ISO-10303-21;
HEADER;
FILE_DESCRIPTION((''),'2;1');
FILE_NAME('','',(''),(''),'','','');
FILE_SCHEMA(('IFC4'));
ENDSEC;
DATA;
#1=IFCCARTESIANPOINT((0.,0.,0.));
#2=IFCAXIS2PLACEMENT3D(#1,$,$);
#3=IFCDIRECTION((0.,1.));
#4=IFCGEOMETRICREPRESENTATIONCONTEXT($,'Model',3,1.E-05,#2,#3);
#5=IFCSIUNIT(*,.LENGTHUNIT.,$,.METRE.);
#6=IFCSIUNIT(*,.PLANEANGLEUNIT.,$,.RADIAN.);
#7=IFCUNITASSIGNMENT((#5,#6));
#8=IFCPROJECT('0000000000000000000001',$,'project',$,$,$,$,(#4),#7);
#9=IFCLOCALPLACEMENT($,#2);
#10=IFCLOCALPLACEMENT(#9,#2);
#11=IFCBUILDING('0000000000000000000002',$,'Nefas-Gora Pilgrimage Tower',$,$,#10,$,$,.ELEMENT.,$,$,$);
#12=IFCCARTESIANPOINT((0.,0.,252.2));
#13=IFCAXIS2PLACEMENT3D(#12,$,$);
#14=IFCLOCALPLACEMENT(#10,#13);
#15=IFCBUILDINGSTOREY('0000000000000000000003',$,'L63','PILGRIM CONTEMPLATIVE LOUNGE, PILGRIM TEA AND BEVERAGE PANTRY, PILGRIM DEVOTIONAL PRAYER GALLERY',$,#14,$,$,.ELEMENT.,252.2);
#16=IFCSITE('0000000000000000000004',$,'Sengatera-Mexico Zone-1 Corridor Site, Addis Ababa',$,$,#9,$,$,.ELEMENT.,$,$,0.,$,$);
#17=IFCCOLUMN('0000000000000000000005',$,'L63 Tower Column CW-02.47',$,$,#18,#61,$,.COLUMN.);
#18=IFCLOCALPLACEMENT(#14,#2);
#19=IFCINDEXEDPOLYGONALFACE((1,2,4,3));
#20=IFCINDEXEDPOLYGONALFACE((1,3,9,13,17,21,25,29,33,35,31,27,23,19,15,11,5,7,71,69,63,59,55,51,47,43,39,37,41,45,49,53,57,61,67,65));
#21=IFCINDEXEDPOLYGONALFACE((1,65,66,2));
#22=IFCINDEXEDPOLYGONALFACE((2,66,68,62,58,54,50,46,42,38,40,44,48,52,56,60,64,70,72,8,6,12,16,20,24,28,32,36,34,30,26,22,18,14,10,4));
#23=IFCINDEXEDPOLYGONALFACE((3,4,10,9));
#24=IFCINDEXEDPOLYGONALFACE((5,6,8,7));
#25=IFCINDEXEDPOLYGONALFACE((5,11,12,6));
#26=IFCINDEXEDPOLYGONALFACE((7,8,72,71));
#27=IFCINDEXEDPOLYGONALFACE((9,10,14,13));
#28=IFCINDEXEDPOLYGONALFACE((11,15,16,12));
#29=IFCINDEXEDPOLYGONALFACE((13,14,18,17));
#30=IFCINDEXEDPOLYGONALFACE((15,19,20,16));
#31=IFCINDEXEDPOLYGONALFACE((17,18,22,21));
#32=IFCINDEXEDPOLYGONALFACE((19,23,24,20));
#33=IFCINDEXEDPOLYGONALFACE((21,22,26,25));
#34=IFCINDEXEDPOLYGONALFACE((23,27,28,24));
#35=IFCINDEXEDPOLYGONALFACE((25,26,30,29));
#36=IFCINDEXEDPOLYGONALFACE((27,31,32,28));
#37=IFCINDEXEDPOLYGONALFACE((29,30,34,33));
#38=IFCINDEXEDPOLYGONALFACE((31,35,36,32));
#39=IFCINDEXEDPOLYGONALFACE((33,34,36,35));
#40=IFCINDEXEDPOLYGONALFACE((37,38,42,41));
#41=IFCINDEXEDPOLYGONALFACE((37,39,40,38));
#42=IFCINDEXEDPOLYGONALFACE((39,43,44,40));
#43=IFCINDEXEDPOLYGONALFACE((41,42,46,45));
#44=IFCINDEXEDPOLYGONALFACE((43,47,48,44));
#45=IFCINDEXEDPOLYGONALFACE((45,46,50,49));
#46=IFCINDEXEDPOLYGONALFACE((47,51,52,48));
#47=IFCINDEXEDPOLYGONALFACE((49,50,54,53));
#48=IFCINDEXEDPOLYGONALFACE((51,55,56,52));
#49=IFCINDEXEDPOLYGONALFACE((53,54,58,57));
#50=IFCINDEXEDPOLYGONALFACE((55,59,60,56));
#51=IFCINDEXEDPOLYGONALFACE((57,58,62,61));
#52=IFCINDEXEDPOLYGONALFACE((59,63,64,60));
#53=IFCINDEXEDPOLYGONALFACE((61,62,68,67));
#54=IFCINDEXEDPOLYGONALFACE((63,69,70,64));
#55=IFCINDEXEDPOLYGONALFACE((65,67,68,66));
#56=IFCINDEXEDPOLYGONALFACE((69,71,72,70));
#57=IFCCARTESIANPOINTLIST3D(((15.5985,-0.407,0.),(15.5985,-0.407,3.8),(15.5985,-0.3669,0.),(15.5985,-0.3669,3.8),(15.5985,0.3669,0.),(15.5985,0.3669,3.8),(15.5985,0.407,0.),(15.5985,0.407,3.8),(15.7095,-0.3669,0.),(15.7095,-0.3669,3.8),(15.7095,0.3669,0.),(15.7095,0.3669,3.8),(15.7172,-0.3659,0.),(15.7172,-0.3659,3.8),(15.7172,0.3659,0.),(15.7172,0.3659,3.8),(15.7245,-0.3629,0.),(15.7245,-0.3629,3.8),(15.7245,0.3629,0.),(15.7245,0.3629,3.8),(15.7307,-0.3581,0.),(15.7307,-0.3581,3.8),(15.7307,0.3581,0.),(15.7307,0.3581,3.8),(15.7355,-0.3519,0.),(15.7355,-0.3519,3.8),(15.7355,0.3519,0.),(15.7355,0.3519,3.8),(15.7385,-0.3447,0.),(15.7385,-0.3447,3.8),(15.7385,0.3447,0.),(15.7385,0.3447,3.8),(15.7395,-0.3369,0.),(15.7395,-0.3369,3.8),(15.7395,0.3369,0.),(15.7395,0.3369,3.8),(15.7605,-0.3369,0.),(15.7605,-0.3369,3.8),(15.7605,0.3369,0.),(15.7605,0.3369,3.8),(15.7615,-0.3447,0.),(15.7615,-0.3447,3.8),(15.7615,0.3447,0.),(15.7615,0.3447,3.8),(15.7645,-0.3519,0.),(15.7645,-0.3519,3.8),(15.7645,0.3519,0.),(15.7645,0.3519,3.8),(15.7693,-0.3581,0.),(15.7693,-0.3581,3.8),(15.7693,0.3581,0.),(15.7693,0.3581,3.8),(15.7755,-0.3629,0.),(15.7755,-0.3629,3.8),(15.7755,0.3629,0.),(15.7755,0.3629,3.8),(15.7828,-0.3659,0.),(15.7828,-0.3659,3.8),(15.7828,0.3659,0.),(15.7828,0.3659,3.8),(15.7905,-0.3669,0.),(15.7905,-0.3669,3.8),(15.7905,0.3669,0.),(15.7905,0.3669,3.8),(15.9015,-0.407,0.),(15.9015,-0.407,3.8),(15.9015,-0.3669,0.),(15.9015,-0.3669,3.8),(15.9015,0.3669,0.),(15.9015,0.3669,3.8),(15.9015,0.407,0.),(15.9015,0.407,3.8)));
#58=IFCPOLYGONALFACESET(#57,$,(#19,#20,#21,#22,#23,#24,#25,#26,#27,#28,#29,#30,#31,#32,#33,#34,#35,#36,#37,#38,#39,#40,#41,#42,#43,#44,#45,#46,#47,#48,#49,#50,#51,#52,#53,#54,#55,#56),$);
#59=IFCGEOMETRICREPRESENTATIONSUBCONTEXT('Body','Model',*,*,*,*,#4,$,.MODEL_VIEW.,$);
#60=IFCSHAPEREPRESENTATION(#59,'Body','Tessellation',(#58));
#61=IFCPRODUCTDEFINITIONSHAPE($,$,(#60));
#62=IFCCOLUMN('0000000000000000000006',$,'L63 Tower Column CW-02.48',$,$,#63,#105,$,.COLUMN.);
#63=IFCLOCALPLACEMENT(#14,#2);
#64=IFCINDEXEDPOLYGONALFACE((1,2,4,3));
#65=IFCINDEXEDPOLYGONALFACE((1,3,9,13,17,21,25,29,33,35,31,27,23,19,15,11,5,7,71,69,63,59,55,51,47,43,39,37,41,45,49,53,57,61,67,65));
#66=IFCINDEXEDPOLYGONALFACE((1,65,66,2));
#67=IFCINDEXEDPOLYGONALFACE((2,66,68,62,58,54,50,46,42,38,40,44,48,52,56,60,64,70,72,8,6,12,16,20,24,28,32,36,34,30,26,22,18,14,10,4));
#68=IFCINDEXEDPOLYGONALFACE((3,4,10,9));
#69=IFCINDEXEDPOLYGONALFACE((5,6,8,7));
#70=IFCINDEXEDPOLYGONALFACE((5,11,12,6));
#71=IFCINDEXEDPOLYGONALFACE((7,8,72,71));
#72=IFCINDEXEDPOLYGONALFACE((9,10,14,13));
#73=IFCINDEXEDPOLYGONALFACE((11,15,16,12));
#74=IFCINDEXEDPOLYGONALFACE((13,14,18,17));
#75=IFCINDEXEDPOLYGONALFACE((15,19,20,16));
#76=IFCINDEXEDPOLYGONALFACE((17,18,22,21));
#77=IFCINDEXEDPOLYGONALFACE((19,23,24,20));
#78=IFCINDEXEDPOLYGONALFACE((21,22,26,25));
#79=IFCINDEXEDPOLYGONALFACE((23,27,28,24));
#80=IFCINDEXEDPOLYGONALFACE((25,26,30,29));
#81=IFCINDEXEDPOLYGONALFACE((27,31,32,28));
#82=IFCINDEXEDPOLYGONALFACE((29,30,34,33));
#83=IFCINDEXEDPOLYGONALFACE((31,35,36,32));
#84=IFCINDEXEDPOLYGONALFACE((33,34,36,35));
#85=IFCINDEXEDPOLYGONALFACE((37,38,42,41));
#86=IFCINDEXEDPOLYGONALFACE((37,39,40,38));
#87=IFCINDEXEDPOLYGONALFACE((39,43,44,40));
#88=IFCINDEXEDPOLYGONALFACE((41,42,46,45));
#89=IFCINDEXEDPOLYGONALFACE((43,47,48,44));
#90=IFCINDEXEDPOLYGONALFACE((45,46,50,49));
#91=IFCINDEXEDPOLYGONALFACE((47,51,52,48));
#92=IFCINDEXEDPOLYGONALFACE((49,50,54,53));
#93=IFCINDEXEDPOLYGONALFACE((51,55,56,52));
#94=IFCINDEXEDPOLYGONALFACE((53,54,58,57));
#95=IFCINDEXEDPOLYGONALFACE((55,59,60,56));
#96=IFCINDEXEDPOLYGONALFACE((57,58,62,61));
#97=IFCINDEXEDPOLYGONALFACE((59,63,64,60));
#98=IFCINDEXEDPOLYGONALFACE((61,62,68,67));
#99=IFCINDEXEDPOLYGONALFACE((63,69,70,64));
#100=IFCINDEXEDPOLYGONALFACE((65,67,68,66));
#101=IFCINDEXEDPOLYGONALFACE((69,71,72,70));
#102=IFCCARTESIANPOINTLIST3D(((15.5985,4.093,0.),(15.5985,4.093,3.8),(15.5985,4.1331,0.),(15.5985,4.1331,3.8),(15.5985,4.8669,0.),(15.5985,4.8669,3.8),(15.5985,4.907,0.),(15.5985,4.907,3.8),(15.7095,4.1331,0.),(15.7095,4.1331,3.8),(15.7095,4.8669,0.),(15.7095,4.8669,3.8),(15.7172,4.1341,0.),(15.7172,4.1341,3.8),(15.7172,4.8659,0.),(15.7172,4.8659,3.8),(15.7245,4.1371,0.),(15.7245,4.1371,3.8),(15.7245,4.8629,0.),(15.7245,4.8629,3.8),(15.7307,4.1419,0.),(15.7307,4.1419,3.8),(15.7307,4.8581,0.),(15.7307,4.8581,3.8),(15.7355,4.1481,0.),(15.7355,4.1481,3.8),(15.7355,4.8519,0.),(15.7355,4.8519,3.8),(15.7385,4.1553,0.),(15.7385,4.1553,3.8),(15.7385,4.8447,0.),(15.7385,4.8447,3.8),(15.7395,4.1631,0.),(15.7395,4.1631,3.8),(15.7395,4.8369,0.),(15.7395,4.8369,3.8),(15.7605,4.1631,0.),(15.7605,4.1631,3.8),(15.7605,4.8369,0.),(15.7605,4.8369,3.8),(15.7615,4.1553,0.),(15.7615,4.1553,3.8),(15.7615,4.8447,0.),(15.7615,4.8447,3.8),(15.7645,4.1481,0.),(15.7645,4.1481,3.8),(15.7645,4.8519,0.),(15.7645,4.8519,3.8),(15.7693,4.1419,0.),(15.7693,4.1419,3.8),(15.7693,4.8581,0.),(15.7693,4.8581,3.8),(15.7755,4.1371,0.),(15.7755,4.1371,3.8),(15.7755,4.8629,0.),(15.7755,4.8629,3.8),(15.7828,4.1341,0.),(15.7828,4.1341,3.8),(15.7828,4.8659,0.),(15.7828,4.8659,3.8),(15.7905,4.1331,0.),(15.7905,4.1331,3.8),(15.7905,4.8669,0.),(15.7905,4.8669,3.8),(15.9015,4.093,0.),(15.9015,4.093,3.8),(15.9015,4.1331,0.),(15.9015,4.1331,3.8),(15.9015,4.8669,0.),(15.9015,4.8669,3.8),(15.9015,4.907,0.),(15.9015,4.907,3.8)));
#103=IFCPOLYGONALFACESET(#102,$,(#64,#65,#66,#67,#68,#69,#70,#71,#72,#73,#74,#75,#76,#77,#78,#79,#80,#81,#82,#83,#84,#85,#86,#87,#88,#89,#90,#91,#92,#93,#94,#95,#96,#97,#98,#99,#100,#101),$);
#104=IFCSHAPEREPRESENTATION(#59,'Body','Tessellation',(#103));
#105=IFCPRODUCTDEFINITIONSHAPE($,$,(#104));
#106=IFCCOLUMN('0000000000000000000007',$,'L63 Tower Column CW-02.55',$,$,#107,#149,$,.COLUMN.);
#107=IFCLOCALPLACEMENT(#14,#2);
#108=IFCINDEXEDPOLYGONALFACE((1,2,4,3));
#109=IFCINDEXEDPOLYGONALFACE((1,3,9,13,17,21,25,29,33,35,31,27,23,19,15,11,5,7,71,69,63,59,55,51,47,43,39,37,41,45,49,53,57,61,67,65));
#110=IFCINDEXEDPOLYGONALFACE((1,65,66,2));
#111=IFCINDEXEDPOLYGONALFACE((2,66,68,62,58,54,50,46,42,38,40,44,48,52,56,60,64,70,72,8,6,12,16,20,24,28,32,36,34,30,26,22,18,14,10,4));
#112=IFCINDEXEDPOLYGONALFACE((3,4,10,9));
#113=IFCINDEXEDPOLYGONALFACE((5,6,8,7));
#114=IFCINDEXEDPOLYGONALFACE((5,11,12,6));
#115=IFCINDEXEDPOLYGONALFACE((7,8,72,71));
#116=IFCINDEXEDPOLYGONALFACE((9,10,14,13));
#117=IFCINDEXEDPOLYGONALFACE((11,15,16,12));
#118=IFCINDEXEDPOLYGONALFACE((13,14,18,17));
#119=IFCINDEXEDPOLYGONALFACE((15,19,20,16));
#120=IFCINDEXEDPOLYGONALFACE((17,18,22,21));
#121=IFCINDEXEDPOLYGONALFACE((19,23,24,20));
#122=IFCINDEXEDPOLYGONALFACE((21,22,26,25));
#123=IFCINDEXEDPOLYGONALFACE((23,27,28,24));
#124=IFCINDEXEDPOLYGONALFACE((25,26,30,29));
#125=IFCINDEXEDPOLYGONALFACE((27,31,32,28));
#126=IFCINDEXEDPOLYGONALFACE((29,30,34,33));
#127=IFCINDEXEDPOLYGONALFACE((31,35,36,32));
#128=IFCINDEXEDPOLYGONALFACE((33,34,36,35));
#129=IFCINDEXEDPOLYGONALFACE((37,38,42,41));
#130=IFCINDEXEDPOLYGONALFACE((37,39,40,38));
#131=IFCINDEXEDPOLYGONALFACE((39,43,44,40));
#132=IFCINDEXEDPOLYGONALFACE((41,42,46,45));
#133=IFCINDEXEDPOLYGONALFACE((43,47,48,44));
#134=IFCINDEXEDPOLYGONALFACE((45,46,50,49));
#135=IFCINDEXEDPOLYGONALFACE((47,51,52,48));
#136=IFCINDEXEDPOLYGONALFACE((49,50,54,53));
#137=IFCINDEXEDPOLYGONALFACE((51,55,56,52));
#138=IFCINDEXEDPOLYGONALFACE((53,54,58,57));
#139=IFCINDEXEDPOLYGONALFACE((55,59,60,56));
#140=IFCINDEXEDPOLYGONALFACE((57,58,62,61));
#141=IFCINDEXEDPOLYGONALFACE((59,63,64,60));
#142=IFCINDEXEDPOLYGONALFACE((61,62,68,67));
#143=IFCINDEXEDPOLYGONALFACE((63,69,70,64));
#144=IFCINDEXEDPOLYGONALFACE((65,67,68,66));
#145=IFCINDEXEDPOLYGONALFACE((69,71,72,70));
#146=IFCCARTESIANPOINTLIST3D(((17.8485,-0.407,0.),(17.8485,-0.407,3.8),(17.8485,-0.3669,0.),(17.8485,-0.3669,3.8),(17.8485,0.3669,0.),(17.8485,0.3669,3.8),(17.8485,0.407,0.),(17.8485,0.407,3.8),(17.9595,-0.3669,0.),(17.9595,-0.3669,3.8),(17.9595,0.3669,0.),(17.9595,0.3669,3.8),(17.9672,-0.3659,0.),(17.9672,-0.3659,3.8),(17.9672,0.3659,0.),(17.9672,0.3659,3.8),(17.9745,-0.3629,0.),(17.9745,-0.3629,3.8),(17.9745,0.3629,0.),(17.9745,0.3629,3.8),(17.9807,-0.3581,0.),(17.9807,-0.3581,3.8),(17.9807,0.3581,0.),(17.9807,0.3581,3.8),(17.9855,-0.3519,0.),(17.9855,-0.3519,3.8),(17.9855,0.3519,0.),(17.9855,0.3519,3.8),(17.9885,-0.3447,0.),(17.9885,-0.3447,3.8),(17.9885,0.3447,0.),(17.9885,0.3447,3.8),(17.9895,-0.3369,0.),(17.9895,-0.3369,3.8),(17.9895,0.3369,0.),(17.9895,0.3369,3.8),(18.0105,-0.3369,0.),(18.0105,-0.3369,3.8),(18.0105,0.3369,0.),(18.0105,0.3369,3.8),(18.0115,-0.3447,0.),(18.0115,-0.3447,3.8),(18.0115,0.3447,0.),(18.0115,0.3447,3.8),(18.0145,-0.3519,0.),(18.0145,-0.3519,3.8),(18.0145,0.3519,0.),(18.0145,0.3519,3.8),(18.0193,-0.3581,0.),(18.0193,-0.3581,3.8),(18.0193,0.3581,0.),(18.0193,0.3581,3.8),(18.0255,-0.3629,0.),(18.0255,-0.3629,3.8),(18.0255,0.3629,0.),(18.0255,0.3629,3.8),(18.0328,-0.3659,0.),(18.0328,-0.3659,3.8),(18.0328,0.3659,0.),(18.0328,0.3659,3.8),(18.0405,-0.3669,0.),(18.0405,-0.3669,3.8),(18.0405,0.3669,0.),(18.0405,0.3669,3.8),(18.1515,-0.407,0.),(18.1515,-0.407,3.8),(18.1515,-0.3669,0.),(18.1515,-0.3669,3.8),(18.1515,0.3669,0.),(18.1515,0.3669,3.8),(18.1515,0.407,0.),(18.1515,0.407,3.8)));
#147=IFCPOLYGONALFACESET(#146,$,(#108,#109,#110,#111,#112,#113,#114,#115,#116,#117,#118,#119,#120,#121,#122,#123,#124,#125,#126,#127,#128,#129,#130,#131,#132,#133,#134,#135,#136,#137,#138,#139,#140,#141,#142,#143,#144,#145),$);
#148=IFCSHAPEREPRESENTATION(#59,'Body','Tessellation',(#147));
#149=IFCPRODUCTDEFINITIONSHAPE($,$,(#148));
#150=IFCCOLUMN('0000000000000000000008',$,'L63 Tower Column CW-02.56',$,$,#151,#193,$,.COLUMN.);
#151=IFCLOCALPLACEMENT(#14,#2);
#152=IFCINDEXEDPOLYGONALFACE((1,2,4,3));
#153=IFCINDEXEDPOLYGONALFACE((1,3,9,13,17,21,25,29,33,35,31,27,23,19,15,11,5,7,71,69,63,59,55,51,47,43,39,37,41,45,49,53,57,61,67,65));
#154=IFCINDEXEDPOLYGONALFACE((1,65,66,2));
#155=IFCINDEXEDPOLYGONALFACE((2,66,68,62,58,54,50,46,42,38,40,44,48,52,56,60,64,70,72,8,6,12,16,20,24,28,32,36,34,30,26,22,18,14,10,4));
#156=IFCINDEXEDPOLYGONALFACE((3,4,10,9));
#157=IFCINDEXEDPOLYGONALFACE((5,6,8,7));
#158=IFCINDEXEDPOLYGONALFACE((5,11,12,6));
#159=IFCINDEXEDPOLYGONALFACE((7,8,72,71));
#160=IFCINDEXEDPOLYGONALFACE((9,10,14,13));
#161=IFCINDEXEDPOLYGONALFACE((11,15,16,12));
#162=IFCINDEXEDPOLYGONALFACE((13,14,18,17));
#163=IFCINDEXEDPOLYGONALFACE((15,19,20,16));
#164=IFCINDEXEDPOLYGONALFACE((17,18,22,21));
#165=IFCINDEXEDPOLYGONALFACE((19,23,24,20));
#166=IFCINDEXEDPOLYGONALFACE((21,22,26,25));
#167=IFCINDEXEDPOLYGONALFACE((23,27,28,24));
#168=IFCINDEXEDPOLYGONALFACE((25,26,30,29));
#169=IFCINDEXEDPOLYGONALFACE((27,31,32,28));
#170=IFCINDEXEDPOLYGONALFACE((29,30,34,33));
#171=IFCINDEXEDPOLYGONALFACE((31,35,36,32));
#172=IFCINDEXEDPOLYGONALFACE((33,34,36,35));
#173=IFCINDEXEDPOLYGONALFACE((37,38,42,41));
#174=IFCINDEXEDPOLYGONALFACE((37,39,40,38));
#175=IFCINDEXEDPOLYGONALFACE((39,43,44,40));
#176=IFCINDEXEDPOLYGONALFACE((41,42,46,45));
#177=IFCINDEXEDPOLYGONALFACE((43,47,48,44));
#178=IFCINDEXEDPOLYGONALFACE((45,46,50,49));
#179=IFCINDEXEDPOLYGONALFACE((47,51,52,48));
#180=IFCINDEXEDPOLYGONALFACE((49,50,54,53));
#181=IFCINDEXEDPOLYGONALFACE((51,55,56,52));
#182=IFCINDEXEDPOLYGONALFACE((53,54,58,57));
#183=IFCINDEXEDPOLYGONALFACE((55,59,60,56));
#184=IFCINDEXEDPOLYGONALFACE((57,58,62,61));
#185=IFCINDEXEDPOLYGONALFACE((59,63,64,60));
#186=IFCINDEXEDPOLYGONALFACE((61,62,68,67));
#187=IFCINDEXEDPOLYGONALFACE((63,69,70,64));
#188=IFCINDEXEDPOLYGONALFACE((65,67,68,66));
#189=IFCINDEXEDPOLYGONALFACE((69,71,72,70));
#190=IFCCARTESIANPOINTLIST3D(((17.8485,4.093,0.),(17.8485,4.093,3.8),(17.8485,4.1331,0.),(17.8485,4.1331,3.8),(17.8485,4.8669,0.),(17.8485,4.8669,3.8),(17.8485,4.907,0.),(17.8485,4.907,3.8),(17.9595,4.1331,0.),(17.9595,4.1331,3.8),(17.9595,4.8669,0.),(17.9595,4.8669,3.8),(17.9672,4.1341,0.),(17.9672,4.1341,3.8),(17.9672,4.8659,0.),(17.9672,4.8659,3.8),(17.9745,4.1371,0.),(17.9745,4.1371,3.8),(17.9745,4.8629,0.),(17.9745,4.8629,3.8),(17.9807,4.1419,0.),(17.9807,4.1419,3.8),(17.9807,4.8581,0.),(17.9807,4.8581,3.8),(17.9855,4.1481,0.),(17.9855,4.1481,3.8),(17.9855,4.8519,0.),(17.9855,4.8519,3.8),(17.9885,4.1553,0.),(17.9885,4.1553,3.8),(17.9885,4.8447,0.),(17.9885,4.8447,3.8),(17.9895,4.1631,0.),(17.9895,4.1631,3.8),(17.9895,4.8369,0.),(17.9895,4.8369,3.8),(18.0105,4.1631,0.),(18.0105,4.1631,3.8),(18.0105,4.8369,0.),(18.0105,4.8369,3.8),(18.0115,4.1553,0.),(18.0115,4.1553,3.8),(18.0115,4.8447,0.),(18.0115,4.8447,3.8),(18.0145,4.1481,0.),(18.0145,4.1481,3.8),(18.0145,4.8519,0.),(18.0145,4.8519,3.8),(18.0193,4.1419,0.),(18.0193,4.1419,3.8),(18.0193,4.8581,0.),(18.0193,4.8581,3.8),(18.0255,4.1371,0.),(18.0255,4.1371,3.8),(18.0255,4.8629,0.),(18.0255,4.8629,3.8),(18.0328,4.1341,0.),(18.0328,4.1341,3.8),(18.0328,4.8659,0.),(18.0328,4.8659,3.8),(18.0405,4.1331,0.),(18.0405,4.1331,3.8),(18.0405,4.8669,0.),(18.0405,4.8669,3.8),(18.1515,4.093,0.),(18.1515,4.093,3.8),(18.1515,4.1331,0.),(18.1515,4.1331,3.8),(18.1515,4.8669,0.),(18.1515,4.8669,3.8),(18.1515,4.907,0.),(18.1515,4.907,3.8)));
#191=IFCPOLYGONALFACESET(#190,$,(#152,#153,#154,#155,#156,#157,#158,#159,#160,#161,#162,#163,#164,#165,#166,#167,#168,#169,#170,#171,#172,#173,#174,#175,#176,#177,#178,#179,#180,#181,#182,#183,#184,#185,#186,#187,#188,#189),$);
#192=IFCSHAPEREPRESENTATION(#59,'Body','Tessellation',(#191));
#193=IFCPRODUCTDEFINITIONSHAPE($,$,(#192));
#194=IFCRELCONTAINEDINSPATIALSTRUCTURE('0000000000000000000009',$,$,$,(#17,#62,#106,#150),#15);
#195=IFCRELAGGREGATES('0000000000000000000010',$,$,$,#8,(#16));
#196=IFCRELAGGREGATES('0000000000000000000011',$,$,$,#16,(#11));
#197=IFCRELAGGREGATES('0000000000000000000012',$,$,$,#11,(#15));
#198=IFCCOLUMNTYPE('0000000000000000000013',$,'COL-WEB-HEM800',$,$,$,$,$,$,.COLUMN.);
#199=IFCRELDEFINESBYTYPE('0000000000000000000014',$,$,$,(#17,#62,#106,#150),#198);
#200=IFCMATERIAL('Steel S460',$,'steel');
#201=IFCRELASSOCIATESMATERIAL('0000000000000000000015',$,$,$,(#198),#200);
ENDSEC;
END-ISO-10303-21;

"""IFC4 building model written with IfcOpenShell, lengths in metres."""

from ifc_helpers import new_model, si_unit, direction, frame, origin, origin_2d, place, context, subcontext, project, spatial, i_section, extrude, source, transform, mapped, material, material_profile, profile_set, type_object, element, save


model = new_model("IFC4")

# Units and contexts
model_context = context("Model", 3, precision=1e-05, world=origin(), true_north=direction((0.0, 1.0)))
body_context = subcontext(model_context, "Body", "Model", "MODEL_VIEW")
ifc_project = project(units=[si_unit("LENGTHUNIT", "METRE"), si_unit("PLANEANGLEUNIT", "RADIAN")], contexts=[model_context])

# Site, building, storey
site_placement = place(None, origin())
site = spatial("IfcSite", under=ifc_project, at=site_placement, Name="Sengatera-Mexico Zone-1 Corridor Site, Addis Ababa", CompositionType="ELEMENT", RefElevation=0.0)
building_placement = place(site_placement, origin())
building = spatial("IfcBuilding", under=site, at=building_placement, Name="Nefas-Gora Pilgrimage Tower", CompositionType="ELEMENT")
storey_placement = place(building_placement, frame((0.0, 0.0, 252.2)))
storey = spatial("IfcBuildingStorey", under=building, at=storey_placement, Name="L63", Description="PILGRIM CONTEMPLATIVE LOUNGE, PILGRIM TEA AND BEVERAGE PANTRY, PILGRIM DEVOTIONAL PRAYER GALLERY", CompositionType="ELEMENT", Elevation=252.2)

# Columns
ifc_material_1 = material(Name="Steel S460", Category="steel")
ifc_material_profile_1 = material_profile(ifc_material_1, i_section(OverallWidth=0.303, OverallDepth=0.814, WebThickness=0.021, FlangeThickness=0.04, FilletRadius=0.03, at=origin_2d()), Name="HEM 800")
ifc_profile_set_1 = profile_set([ifc_material_profile_1], Name="Steel S460")
column_type_1 = type_object("IfcColumnType", Name="COL-WEB-HEM800", PredefinedType="COLUMN", material=ifc_profile_set_1)
shared_shape_1 = source(origin(), body_context, "Body", "SweptSolid", [
    extrude(i_section(OverallWidth=0.303, OverallDepth=0.814, WebThickness=0.021, FlangeThickness=0.04, FilletRadius=0.03, at=origin_2d()), origin(), (0.0, 0.0, 1.0), 3.8),
])
for number, where, z_axis, x_axis, name in (
    (1, (15.75, 0.0, 0.0), (0.0, 0.0, 1.0), (1.0, 0.0, 0.0), "L63 Tower Column CW-02.47"),
    (2, (15.75, 4.5, 0.0), (0.0, 0.0, 1.0), (1.0, 0.0, 0.0), "L63 Tower Column CW-02.48"),
    (3, (18.0, 0.0, 0.0), (0.0, 0.0, 1.0), (1.0, 0.0, 0.0), "L63 Tower Column CW-02.55"),
    (4, (18.0, 4.5, 0.0), (0.0, 0.0, 1.0), (1.0, 0.0, 0.0), "L63 Tower Column CW-02.56"),
):
    element("IfcColumn", number, at=place(storey_placement, frame(where, z_axis=z_axis, x_axis=x_axis)), inside=storey, type_object=column_type_1, Name=name, PredefinedType="COLUMN", context=body_context, shape_type="MappedRepresentation", body=[
        mapped(shared_shape_1, transform((0.0, 0.0, 0.0), x_axis=(1.0, 0.0, 0.0), y_axis=(0.0, 1.0, 0.0), z_axis=(0.0, 0.0, 1.0), scale=1.0)),
    ])

save(model, "model.ifc")
